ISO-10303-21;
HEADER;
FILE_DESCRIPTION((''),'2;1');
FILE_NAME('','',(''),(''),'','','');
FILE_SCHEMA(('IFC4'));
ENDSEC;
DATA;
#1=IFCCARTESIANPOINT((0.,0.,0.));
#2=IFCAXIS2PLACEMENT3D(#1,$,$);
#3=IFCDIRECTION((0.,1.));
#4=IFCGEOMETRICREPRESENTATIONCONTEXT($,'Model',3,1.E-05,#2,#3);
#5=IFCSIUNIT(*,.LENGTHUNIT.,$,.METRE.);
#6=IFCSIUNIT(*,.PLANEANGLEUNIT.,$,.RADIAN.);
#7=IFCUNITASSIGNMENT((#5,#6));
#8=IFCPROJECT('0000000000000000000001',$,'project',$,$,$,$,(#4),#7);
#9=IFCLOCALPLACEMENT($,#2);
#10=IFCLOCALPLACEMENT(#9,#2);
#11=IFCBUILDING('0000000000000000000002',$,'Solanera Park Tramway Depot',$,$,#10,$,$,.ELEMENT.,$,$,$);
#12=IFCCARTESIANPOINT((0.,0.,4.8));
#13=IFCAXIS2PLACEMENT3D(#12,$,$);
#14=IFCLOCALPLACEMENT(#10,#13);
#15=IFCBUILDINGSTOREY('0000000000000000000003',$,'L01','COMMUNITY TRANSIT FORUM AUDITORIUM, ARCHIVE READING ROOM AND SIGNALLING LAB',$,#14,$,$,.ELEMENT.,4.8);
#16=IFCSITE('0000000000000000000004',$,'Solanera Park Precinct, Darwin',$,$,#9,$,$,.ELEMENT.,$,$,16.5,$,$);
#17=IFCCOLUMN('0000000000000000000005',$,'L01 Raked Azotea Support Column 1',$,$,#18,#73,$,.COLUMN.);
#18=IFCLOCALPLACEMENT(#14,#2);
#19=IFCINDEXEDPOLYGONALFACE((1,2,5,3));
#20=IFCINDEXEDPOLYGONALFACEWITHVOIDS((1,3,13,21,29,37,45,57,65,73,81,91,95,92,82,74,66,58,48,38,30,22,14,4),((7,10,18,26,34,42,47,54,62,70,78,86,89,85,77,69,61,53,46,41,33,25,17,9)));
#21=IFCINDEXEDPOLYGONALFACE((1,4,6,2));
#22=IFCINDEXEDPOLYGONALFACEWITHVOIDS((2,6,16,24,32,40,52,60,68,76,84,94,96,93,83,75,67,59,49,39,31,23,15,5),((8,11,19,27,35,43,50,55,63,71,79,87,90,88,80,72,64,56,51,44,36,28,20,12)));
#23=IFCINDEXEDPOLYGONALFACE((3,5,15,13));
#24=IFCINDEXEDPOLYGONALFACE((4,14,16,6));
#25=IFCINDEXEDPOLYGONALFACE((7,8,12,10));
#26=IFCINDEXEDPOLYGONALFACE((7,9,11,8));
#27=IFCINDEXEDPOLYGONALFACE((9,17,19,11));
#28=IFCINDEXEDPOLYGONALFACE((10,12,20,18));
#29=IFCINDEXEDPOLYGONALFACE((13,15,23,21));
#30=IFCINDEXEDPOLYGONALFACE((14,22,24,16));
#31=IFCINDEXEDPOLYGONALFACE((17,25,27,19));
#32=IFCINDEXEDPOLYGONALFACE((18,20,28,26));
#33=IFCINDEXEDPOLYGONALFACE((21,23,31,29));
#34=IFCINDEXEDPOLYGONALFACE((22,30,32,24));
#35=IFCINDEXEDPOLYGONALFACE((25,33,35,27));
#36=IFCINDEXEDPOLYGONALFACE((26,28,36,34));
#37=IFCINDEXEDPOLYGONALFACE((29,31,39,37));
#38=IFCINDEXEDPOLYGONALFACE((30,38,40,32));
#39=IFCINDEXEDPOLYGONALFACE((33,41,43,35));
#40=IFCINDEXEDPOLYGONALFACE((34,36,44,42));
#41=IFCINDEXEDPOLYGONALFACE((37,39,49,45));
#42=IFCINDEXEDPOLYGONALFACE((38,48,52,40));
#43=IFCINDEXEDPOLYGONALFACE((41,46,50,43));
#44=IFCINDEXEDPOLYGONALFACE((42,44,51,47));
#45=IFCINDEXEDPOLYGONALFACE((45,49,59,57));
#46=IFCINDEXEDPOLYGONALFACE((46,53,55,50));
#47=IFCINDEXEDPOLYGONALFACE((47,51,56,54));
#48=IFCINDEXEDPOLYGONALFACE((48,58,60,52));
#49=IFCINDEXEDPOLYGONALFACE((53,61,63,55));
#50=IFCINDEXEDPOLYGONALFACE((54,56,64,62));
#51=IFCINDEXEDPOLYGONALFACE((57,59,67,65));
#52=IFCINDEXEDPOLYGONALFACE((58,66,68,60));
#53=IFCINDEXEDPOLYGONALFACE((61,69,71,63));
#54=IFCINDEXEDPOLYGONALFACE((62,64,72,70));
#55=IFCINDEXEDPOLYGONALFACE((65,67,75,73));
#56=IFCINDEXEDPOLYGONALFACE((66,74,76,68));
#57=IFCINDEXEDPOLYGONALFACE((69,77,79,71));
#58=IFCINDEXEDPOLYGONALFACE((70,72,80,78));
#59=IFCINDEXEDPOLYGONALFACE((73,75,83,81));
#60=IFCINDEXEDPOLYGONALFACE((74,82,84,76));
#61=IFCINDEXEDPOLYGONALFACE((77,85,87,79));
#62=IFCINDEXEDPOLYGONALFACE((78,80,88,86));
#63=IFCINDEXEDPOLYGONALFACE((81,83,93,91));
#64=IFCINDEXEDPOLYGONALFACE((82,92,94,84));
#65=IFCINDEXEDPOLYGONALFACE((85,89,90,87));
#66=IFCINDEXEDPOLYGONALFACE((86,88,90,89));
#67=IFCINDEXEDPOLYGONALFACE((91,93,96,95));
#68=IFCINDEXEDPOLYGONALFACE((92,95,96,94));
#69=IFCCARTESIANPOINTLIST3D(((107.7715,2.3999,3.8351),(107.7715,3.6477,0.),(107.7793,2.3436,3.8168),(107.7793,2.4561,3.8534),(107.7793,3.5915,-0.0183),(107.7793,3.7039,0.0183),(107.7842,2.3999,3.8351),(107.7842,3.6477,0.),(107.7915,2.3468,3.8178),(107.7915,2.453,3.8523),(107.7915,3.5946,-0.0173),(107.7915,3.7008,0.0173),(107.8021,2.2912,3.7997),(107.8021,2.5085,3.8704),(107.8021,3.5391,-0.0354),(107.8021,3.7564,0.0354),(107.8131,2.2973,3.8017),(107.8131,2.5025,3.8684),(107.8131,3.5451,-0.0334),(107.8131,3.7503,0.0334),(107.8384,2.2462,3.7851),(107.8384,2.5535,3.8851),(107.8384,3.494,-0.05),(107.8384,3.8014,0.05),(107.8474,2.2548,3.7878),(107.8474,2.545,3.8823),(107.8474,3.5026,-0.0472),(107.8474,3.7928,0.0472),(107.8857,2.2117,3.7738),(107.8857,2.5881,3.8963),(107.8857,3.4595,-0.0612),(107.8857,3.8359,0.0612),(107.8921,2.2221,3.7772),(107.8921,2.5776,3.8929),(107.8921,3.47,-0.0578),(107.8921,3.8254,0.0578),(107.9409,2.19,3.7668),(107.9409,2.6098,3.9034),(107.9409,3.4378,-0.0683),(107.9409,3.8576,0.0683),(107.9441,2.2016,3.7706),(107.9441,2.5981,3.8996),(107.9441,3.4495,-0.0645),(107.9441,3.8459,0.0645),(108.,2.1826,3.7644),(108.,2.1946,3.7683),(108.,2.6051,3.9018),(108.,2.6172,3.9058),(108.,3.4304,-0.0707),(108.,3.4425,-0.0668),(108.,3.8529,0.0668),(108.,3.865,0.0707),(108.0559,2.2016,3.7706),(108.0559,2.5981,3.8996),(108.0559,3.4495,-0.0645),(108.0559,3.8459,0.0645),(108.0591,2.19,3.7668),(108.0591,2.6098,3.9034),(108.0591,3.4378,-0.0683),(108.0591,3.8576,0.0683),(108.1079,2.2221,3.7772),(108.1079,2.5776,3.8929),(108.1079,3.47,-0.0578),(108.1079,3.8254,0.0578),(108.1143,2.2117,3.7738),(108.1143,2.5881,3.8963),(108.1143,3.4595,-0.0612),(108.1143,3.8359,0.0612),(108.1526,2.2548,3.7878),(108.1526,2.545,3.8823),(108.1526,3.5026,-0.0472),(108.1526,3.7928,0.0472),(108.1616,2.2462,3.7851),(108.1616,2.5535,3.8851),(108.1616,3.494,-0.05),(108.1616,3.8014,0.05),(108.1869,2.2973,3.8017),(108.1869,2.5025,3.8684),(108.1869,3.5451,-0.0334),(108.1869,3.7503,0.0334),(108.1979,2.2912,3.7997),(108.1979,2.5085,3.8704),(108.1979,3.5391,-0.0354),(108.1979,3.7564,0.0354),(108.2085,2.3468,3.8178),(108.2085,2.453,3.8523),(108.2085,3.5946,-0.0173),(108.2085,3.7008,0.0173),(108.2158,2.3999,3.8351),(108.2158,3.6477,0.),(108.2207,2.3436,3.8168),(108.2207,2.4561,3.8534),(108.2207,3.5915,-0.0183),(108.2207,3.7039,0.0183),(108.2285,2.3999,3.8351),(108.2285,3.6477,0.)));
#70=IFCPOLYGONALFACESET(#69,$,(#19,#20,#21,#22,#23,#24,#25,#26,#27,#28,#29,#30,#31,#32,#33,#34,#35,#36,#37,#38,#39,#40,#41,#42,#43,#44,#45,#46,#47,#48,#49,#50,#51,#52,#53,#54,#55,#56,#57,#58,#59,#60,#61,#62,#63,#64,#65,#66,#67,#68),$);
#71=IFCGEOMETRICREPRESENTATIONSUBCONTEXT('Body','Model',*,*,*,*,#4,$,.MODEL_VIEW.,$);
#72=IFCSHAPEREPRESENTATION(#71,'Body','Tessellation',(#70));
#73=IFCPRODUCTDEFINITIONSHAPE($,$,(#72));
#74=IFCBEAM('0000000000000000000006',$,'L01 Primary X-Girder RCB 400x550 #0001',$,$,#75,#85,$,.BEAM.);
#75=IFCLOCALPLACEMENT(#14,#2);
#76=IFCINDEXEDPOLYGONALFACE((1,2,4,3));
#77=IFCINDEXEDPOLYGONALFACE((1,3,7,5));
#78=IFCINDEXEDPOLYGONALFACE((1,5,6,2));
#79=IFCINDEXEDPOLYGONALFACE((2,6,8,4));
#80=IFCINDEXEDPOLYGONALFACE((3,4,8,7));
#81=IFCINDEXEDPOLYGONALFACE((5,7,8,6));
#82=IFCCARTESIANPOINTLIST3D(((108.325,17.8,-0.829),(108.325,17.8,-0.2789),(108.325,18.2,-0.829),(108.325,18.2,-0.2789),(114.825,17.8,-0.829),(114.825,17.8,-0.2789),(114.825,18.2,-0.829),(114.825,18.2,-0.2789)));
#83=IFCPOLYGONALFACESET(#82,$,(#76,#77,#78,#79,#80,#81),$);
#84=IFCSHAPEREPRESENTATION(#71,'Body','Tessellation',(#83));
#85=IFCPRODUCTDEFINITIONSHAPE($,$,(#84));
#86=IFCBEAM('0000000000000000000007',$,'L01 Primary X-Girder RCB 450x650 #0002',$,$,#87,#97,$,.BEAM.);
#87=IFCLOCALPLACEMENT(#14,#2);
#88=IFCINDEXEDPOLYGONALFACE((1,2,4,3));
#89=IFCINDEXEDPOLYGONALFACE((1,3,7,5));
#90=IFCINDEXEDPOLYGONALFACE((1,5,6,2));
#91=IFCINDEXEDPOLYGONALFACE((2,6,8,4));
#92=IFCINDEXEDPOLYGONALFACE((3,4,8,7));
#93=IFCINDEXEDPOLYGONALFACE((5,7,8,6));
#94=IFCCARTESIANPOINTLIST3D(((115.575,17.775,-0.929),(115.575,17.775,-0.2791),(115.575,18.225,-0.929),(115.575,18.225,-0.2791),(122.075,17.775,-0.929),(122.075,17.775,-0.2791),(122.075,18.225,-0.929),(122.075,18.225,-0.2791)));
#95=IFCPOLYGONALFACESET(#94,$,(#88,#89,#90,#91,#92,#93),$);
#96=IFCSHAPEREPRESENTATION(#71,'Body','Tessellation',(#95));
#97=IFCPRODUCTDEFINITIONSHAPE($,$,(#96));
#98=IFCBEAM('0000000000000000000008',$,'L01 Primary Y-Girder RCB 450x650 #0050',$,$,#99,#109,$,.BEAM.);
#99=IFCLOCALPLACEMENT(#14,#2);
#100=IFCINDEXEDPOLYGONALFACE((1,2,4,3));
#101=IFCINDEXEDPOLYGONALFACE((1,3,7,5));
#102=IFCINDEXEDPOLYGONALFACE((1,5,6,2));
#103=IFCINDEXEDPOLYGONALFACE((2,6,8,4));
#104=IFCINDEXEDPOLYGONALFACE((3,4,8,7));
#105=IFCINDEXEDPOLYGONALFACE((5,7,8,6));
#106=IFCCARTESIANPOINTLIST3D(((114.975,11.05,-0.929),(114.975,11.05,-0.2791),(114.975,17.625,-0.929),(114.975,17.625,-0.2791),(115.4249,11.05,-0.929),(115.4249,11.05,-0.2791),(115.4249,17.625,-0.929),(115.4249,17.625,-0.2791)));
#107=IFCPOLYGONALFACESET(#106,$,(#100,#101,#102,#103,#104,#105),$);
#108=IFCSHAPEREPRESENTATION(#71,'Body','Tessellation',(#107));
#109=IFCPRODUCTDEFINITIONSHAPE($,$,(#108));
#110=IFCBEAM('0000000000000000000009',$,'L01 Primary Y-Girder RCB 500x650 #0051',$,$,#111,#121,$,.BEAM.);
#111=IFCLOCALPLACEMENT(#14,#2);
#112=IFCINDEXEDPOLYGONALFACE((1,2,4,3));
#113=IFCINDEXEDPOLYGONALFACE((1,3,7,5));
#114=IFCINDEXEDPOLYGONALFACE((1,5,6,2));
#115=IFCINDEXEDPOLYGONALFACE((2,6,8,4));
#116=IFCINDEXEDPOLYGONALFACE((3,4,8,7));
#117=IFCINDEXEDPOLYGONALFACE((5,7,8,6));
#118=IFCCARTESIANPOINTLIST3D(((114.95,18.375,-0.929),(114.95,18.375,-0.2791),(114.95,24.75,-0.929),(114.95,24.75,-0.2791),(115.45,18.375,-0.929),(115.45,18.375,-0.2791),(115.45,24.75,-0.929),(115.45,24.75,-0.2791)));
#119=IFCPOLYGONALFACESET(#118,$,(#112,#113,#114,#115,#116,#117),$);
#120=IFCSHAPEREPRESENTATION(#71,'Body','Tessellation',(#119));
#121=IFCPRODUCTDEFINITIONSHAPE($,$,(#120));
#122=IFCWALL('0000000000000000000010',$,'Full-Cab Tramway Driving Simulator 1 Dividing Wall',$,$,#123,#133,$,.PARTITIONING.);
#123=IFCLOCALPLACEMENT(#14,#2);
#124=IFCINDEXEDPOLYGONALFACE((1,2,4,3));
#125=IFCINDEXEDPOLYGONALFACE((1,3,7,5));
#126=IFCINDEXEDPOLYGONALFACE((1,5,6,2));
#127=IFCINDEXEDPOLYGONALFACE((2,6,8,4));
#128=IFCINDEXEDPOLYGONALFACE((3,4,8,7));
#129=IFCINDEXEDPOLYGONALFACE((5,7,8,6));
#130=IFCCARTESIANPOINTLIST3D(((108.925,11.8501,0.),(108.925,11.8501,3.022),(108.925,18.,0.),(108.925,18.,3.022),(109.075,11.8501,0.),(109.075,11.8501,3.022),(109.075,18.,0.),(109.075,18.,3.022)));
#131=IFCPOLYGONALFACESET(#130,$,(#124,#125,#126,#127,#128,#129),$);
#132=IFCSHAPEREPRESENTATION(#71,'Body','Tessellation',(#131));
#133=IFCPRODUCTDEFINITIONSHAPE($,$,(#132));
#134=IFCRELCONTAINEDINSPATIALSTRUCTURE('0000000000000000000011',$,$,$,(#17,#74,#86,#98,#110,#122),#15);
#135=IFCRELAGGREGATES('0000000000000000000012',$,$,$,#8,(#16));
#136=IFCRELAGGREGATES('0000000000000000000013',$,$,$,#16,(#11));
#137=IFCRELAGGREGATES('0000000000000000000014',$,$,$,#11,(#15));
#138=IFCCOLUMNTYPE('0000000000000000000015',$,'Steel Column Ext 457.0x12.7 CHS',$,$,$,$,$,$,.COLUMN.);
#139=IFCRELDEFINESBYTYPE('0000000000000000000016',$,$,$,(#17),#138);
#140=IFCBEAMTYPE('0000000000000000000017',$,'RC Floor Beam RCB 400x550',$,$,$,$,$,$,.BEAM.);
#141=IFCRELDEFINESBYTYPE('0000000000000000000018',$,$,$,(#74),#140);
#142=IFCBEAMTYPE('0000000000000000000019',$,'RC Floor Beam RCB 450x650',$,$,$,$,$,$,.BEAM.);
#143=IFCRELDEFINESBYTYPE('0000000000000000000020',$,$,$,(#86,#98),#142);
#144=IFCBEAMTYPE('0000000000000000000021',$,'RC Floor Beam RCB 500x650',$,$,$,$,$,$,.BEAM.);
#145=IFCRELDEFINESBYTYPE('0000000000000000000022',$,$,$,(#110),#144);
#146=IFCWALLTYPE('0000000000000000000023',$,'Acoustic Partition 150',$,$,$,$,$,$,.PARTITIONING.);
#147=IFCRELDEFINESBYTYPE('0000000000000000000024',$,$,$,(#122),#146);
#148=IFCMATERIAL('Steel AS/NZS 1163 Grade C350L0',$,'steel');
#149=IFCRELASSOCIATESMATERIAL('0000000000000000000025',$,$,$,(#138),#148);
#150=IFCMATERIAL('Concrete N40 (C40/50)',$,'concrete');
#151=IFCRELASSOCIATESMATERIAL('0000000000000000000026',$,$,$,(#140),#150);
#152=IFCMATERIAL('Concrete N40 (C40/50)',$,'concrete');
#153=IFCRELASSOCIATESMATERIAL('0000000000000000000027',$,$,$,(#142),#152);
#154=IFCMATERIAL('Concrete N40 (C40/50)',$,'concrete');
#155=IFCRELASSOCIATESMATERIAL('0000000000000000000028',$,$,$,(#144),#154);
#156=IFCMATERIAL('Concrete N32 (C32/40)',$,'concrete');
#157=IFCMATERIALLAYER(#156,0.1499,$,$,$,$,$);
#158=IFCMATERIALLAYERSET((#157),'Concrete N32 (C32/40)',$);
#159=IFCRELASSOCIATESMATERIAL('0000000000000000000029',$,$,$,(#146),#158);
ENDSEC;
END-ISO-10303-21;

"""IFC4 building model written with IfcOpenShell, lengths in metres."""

from ifc_helpers import new_model, si_unit, direction, frame, frame_2d, origin, origin_2d, place, context, subcontext, project, spatial, rectangle, hollow_circle, extrude, material, layer, layer_set, material_profile, profile_set, type_object, element, save


model = new_model("IFC4")

# Units and contexts
model_context = context("Model", 3, precision=1e-05, world=origin(), true_north=direction((0.0, 1.0)))
body_context = subcontext(model_context, "Body", "Model", "MODEL_VIEW")
ifc_project = project(units=[si_unit("LENGTHUNIT", "METRE"), si_unit("PLANEANGLEUNIT", "RADIAN")], contexts=[model_context])

# Site, building, storey
site_placement = place(None, origin())
site = spatial("IfcSite", under=ifc_project, at=site_placement, Name="Solanera Park Precinct, Darwin", CompositionType="ELEMENT", RefElevation=16.5)
building_placement = place(site_placement, origin())
building = spatial("IfcBuilding", under=site, at=building_placement, Name="Solanera Park Tramway Depot", CompositionType="ELEMENT")
storey_placement = place(building_placement, frame((0.0, 0.0, 4.8)))
storey = spatial("IfcBuildingStorey", under=building, at=storey_placement, Name="L01", Description="COMMUNITY TRANSIT FORUM AUDITORIUM, ARCHIVE READING ROOM AND SIGNALLING LAB", CompositionType="ELEMENT", Elevation=4.8)

# Column
ifc_material_1 = material(Name="Steel AS/NZS 1163 Grade C350L0", Category="steel")
ifc_material_profile_1 = material_profile(ifc_material_1, hollow_circle(Radius=0.2285, WallThickness=0.0127, at=origin_2d()), Name="457.0x12.7 CHS")
ifc_profile_set_1 = profile_set([ifc_material_profile_1], Name="Steel AS/NZS 1163 Grade C350L0")
column_type_1 = type_object("IfcColumnType", Name="Steel Column Ext 457.0x12.7 CHS", PredefinedType="COLUMN", material=ifc_profile_set_1)
for number, where, z_axis, x_axis, name in (
    (1, (108.0, 3.6477, 0.0), (0.0, -0.309409, 0.950929), (1.0, 0.0, 0.0), "L01 Raked Azotea Support Column 1"),
):
    element("IfcColumn", number, at=place(storey_placement, frame(where, z_axis=z_axis, x_axis=x_axis)), inside=storey, type_object=column_type_1, Name=name, PredefinedType="COLUMN", context=body_context, shape_type="SweptSolid", body=[
        extrude(hollow_circle(Radius=0.2285, WallThickness=0.0127, at=origin_2d()), origin(), (0.0, 0.0, 1.0), 4.033),
    ])

# Beams
ifc_material_2 = material(Name="Concrete N40 (C40/50)", Category="concrete")
ifc_material_profile_2 = material_profile(ifc_material_2, rectangle(XDim=0.3999, YDim=0.55, at=origin_2d()), Name="RCB 400x550")
ifc_profile_set_2 = profile_set([ifc_material_profile_2], Name="Concrete N40 (C40/50)")
beam_type_1 = type_object("IfcBeamType", Name="RC Floor Beam RCB 400x550", PredefinedType="BEAM", material=ifc_profile_set_2)
beam_1_placement = place(storey_placement, frame((108.325, 18.0, -0.554), z_axis=(1.0, 0.0, 0.0), x_axis=(0.0, 1.0, 0.0)))
element("IfcBeam", 2, at=beam_1_placement, inside=storey, type_object=beam_type_1, Name="L01 Primary X-Girder RCB 400x550 #0001", PredefinedType="BEAM", context=body_context, shape_type="SweptSolid", body=[
    extrude(rectangle(XDim=0.3999, YDim=0.55, at=origin_2d()), origin(), (0.0, 0.0, 1.0), 6.5),
])
ifc_material_3 = material(Name="Concrete N40 (C40/50)", Category="concrete")
ifc_material_profile_3 = material_profile(ifc_material_3, rectangle(XDim=0.45, YDim=0.6499, at=origin_2d()), Name="RCB 450x650")
ifc_profile_set_3 = profile_set([ifc_material_profile_3], Name="Concrete N40 (C40/50)")
beam_type_2 = type_object("IfcBeamType", Name="RC Floor Beam RCB 450x650", PredefinedType="BEAM", material=ifc_profile_set_3)
beam_2_placement = place(storey_placement, frame((115.575, 18.0, -0.604), z_axis=(1.0, 0.0, 0.0), x_axis=(0.0, 1.0, 0.0)))
element("IfcBeam", 3, at=beam_2_placement, inside=storey, type_object=beam_type_2, Name="L01 Primary X-Girder RCB 450x650 #0002", PredefinedType="BEAM", context=body_context, shape_type="SweptSolid", body=[
    extrude(rectangle(XDim=0.45, YDim=0.6499, at=origin_2d()), origin(), (0.0, 0.0, 1.0), 6.5),
])
beam_3_placement = place(storey_placement, frame((115.2, 11.05, -0.604), z_axis=(0.0, 1.0, 0.0), x_axis=(-1.0, 0.0, 0.0)))
element("IfcBeam", 4, at=beam_3_placement, inside=storey, type_object=beam_type_2, Name="L01 Primary Y-Girder RCB 450x650 #0050", PredefinedType="BEAM", context=body_context, shape_type="SweptSolid", body=[
    extrude(rectangle(XDim=0.45, YDim=0.6499, at=origin_2d()), origin(), (0.0, 0.0, 1.0), 6.575),
])
ifc_material_4 = material(Name="Concrete N40 (C40/50)", Category="concrete")
ifc_material_profile_4 = material_profile(ifc_material_4, rectangle(XDim=0.5, YDim=0.6499, at=origin_2d()), Name="RCB 500x650")
ifc_profile_set_4 = profile_set([ifc_material_profile_4], Name="Concrete N40 (C40/50)")
beam_type_3 = type_object("IfcBeamType", Name="RC Floor Beam RCB 500x650", PredefinedType="BEAM", material=ifc_profile_set_4)
beam_4_placement = place(storey_placement, frame((115.2, 18.375, -0.604), z_axis=(0.0, 1.0, 0.0), x_axis=(-1.0, 0.0, 0.0)))
element("IfcBeam", 5, at=beam_4_placement, inside=storey, type_object=beam_type_3, Name="L01 Primary Y-Girder RCB 500x650 #0051", PredefinedType="BEAM", context=body_context, shape_type="SweptSolid", body=[
    extrude(rectangle(XDim=0.5, YDim=0.6499, at=origin_2d()), origin(), (0.0, 0.0, 1.0), 6.375),
])

# Wall
ifc_material_5 = material(Name="Concrete N32 (C32/40)", Category="concrete")
ifc_layer_1 = layer(ifc_material_5, 0.1499)
ifc_layer_set_1 = layer_set([ifc_layer_1], Name="Concrete N32 (C32/40)")
wall_type_1 = type_object("IfcWallType", Name="Acoustic Partition 150", PredefinedType="PARTITIONING", material=ifc_layer_set_1)
wall_1_placement = place(storey_placement, frame((109.0, 18.0, 0.0), z_axis=(0.0, 0.0, 1.0), x_axis=(0.0, -1.0, 0.0)))
element("IfcWall", 6, at=wall_1_placement, inside=storey, type_object=wall_type_1, Name="Full-Cab Tramway Driving Simulator 1 Dividing Wall", PredefinedType="PARTITIONING", context=body_context, shape_type="SweptSolid", body=[
    extrude(rectangle(XDim=6.1499, YDim=0.1499, at=frame_2d((3.075, 0.0))), origin(), (0.0, 0.0, 1.0), 3.022),
])

save(model, "model.ifc")
